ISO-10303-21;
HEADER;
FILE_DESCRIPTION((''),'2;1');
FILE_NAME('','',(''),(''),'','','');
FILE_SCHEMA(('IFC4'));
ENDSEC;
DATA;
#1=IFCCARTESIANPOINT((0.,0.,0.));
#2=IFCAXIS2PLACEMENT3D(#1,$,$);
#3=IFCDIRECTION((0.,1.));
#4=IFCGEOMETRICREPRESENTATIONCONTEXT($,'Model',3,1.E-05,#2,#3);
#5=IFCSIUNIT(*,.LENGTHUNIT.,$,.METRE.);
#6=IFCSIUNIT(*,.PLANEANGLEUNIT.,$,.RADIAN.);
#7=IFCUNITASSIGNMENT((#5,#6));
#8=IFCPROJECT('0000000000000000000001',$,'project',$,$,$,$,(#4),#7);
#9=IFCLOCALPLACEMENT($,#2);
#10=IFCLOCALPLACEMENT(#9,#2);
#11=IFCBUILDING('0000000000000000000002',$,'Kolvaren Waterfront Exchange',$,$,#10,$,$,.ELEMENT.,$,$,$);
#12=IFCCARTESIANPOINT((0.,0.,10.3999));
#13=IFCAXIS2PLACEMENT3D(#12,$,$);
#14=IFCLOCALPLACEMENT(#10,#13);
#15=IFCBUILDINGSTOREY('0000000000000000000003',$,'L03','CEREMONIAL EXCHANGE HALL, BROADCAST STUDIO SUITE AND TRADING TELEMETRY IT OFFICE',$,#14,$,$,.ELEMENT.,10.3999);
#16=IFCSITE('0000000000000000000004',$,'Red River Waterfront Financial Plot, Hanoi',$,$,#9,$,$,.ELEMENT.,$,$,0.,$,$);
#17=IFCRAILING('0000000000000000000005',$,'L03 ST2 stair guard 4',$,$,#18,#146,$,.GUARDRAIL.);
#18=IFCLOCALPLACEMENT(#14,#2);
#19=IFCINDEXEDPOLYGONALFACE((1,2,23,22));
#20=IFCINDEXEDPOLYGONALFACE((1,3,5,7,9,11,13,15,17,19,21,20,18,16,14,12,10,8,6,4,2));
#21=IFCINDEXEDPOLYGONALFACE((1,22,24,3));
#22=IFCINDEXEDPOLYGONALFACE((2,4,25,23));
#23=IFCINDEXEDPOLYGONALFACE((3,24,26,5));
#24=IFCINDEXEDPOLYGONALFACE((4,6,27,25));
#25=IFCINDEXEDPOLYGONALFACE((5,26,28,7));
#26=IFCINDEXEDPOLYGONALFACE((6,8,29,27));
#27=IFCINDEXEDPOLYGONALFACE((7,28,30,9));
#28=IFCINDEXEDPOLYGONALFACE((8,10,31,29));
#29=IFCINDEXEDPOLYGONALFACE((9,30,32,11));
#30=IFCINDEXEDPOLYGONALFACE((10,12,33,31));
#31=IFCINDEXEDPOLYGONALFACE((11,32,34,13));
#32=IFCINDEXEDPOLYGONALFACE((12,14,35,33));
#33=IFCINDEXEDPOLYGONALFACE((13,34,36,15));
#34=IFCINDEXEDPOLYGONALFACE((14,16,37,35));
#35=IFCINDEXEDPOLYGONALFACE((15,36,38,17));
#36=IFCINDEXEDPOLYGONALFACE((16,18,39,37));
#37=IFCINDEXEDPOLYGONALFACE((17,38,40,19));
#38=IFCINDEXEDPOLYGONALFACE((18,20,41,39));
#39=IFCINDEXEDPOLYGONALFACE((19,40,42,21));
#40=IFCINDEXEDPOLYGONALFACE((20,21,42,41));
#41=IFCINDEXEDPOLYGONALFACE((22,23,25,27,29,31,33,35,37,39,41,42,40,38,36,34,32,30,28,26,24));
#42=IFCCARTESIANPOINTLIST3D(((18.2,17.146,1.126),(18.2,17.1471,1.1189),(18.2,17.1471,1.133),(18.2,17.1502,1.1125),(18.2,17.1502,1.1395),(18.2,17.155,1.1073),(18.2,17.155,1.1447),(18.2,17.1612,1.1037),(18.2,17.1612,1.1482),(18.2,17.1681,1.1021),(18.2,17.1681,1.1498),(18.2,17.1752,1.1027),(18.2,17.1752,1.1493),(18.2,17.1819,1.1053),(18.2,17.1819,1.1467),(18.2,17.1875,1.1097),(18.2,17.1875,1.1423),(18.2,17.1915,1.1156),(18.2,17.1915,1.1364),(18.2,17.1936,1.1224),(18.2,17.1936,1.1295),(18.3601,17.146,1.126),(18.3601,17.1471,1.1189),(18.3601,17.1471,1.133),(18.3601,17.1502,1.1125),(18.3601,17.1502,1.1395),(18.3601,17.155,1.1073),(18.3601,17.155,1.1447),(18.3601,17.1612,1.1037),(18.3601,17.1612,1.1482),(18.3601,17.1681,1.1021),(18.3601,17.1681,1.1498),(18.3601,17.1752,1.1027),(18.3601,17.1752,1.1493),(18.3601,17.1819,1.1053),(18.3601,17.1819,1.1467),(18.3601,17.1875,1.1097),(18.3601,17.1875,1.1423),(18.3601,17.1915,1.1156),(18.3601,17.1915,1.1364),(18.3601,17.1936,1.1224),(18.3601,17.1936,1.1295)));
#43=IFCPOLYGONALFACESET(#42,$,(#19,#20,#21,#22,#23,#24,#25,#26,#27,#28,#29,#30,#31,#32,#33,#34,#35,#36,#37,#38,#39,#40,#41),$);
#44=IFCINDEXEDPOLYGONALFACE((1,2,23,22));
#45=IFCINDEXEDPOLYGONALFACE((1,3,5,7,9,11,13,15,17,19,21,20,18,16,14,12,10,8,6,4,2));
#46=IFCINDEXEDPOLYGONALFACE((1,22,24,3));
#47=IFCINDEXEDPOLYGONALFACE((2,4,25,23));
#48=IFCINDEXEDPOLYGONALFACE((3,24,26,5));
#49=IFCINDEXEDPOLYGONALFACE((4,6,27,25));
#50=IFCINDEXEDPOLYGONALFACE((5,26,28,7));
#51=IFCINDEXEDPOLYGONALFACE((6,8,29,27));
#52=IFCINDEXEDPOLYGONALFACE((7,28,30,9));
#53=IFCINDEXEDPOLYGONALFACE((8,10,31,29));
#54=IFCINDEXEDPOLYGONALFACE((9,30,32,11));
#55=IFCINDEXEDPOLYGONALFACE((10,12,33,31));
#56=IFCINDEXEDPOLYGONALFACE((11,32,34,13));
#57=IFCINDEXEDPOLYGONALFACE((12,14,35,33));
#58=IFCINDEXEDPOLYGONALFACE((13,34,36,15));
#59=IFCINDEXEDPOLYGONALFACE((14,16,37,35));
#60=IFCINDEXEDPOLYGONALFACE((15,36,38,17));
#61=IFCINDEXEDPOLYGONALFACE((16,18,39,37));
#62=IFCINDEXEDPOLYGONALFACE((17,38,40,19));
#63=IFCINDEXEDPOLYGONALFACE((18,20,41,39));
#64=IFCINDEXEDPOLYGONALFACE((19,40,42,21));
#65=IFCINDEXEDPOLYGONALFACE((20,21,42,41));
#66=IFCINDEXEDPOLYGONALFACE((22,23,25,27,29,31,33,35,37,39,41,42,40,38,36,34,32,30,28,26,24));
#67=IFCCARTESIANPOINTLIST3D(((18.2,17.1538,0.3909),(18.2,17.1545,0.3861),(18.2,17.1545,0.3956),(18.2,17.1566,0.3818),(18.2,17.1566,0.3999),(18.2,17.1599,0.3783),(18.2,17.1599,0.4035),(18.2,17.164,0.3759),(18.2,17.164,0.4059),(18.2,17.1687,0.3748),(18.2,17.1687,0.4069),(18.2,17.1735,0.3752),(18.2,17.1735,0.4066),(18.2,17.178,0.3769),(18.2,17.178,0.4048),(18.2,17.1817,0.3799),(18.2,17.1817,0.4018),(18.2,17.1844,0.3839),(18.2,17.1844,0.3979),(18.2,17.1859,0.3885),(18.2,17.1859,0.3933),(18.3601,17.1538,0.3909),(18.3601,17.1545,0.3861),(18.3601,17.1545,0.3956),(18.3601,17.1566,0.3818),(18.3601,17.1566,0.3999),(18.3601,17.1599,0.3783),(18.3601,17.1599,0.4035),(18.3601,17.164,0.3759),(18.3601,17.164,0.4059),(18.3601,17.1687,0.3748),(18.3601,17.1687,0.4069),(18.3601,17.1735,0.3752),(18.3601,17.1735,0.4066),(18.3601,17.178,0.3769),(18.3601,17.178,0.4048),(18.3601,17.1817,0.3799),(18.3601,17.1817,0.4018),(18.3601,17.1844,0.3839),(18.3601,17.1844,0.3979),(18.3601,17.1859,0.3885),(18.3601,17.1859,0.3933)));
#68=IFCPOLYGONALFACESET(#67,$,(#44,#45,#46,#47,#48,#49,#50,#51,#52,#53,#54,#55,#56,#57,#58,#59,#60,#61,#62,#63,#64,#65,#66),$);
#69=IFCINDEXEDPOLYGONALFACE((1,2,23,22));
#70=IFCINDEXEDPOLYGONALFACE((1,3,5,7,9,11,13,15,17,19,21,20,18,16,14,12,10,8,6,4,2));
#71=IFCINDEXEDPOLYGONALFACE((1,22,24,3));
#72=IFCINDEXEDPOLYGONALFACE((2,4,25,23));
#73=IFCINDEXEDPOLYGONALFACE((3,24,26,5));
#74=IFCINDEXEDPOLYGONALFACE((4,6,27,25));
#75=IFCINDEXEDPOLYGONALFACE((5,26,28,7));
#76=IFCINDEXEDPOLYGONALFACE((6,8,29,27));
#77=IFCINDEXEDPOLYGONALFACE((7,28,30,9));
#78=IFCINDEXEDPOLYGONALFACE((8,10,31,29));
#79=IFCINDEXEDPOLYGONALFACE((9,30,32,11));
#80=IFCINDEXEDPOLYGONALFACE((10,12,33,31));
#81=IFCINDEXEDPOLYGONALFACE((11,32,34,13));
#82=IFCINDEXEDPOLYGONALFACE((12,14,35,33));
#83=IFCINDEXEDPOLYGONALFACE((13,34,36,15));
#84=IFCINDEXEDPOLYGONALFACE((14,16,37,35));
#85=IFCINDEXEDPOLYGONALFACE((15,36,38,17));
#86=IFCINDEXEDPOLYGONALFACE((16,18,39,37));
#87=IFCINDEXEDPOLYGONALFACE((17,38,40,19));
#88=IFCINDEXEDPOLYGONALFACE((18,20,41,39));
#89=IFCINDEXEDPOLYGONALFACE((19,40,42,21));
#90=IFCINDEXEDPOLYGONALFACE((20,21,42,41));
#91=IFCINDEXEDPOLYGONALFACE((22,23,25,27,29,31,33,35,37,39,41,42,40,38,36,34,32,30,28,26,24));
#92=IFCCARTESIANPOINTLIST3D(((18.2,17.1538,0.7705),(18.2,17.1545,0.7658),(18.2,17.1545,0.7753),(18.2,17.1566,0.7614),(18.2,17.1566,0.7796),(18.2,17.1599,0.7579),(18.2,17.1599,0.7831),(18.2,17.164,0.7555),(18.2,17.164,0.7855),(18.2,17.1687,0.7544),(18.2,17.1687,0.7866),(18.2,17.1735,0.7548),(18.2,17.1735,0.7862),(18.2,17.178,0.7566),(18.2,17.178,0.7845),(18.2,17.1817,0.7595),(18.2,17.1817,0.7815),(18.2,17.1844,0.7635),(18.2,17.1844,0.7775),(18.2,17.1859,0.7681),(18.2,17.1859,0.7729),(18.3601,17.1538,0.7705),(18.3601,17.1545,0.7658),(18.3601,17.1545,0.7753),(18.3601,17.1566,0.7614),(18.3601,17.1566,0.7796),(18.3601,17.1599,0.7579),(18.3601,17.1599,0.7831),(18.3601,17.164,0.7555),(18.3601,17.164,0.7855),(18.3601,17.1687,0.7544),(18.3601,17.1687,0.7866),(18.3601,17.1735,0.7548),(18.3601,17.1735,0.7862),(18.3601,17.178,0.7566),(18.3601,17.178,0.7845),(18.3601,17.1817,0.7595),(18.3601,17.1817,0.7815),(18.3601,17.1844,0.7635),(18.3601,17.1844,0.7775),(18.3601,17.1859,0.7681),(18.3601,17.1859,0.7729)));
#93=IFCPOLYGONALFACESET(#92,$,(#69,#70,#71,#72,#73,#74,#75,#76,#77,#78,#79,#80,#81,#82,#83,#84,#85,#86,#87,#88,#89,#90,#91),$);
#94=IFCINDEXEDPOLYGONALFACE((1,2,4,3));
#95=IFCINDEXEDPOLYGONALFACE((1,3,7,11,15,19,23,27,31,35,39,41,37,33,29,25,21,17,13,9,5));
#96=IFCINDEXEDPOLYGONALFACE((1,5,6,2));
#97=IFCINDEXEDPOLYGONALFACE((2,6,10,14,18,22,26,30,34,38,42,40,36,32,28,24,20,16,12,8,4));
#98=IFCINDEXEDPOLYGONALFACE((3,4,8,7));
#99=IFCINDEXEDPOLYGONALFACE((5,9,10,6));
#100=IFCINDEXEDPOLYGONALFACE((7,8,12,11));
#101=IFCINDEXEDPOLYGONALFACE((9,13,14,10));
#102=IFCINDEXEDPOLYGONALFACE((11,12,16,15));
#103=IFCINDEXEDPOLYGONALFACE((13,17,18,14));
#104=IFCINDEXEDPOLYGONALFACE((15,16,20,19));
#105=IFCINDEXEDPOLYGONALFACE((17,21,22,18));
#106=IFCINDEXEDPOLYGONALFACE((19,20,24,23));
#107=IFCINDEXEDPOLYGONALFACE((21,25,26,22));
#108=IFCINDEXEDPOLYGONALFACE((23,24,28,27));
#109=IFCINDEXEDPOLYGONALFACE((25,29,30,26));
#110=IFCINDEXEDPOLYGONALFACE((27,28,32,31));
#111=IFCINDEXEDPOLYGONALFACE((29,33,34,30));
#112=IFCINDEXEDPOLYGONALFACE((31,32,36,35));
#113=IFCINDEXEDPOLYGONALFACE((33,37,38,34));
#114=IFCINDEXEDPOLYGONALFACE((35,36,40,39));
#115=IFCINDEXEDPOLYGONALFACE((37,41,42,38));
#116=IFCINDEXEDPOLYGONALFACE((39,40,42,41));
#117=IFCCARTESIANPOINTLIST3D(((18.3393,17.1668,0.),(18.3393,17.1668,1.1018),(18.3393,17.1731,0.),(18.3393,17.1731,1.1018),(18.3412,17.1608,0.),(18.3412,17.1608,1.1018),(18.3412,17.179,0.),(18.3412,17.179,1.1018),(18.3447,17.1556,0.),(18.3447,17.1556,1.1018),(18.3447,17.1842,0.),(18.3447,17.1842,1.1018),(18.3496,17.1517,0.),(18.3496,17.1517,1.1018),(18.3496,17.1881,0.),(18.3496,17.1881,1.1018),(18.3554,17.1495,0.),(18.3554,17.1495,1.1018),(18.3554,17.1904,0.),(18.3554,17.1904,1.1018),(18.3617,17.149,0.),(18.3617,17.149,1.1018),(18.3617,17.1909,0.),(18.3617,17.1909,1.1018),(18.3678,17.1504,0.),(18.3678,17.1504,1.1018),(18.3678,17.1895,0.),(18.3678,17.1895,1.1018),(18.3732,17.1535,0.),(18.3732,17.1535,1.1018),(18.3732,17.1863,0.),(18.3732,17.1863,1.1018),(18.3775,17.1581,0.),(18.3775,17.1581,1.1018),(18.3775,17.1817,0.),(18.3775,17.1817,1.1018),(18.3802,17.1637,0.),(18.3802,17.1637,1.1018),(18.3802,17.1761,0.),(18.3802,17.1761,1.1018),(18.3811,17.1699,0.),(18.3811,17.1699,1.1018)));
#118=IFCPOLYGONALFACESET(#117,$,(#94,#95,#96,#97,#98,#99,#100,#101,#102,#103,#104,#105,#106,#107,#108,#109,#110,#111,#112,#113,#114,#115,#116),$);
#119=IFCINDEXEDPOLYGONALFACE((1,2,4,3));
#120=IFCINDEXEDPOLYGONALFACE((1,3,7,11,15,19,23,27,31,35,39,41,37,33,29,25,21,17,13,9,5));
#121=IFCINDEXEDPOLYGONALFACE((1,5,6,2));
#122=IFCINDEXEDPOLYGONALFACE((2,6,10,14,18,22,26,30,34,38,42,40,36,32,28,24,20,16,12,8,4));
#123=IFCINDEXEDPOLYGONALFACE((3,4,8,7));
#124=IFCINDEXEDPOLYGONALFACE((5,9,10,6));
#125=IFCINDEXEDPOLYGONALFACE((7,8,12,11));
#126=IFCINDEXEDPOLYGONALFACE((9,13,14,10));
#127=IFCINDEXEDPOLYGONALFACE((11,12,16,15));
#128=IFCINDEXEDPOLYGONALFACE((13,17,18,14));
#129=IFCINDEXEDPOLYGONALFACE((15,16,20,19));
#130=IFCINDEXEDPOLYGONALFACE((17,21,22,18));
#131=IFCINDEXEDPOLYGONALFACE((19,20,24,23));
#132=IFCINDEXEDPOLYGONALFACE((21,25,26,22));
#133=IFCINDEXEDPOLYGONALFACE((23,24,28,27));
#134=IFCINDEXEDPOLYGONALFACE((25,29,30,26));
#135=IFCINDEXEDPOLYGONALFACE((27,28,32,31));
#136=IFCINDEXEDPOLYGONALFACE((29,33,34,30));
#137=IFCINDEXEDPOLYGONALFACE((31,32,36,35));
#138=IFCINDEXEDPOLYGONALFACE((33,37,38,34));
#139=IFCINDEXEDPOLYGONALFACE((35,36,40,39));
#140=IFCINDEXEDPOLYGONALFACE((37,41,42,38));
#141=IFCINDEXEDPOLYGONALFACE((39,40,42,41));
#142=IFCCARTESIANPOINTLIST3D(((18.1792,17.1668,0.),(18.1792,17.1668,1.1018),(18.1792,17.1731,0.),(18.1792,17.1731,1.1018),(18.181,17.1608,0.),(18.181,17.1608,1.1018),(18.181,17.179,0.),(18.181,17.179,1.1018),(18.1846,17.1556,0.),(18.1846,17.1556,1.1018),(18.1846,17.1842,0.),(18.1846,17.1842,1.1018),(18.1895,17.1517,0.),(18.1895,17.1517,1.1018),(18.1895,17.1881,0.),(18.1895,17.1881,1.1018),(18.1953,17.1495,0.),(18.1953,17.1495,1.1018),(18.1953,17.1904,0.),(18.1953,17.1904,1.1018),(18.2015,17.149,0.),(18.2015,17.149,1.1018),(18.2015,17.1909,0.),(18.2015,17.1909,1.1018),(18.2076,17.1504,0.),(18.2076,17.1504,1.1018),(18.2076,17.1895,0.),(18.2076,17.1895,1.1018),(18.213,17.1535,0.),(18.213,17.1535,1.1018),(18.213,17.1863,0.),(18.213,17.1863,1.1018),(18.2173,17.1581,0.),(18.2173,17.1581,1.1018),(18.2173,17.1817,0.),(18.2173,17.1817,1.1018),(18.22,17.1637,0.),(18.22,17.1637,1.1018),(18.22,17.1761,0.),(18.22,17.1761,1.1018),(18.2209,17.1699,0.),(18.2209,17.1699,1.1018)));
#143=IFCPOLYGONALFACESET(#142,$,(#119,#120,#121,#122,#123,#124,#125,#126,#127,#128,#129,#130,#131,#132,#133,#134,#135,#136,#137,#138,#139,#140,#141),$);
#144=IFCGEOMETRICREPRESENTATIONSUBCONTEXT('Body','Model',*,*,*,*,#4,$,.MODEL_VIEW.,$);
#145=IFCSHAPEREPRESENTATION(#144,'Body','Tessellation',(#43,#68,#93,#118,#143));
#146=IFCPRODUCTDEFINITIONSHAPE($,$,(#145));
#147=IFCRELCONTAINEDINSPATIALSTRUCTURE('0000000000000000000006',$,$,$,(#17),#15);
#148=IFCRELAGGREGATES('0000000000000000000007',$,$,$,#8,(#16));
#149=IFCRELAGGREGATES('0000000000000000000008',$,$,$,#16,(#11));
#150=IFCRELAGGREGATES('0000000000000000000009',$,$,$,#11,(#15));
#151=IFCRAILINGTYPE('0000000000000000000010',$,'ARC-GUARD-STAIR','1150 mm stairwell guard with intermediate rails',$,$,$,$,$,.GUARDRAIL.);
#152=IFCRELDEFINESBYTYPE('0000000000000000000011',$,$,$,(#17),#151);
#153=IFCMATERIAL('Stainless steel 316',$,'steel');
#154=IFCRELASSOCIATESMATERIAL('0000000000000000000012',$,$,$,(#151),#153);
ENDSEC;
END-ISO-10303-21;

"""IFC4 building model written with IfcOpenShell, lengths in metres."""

from ifc_helpers import new_model, si_unit, direction, frame, origin, origin_2d, place, context, subcontext, project, spatial, circle, extrude, material, type_object, element, save


model = new_model("IFC4")

# Units and contexts
model_context = context("Model", 3, precision=1e-05, world=origin(), true_north=direction((0.0, 1.0)))
body_context = subcontext(model_context, "Body", "Model", "MODEL_VIEW")
ifc_project = project(units=[si_unit("LENGTHUNIT", "METRE"), si_unit("PLANEANGLEUNIT", "RADIAN")], contexts=[model_context])

# Site, building, storey
site_placement = place(None, origin())
site = spatial("IfcSite", under=ifc_project, at=site_placement, Name="Red River Waterfront Financial Plot, Hanoi", CompositionType="ELEMENT", RefElevation=0.0)
building_placement = place(site_placement, origin())
building = spatial("IfcBuilding", under=site, at=building_placement, Name="Kolvaren Waterfront Exchange", CompositionType="ELEMENT")
storey_placement = place(building_placement, frame((0.0, 0.0, 10.3999)))
storey = spatial("IfcBuildingStorey", under=building, at=storey_placement, Name="L03", Description="CEREMONIAL EXCHANGE HALL, BROADCAST STUDIO SUITE AND TRADING TELEMETRY IT OFFICE", CompositionType="ELEMENT", Elevation=10.3999)

# Railing
ifc_material_1 = material(Name="Stainless steel 316", Category="steel")
railing_type_1 = type_object("IfcRailingType", Name="ARC-GUARD-STAIR", Description="1150 mm stairwell guard with intermediate rails", PredefinedType="GUARDRAIL", material=ifc_material_1)
railing_1_placement = place(storey_placement, frame((18.3601, 17.1699, 0.0)))
element("IfcRailing", 1, at=railing_1_placement, inside=storey, type_object=railing_type_1, Name="L03 ST2 stair guard 4", PredefinedType="GUARDRAIL", context=body_context, shape_type="SweptSolid", body=[
    extrude(circle(Radius=0.0239, at=origin_2d()), frame((0.0, 0.0, 1.126), z_axis=(-1.0, 0.0, 0.0), x_axis=(0.0, -1.0, 0.0)), (0.0, 0.0, 1.0), 0.1602),
    extrude(circle(Radius=0.0161, at=origin_2d()), frame((0.0, 0.0, 0.3909), z_axis=(-1.0, 0.0, 0.0), x_axis=(0.0, -1.0, 0.0)), (0.0, 0.0, 1.0), 0.1602),
    extrude(circle(Radius=0.0161, at=origin_2d()), frame((0.0, 0.0, 0.7705), z_axis=(-1.0, 0.0, 0.0), x_axis=(0.0, -1.0, 0.0)), (0.0, 0.0, 1.0), 0.1602),
    extrude(circle(Radius=0.021, at=origin_2d()), origin(), (0.0, 0.0, 1.0), 1.1018),
    extrude(circle(Radius=0.021, at=origin_2d()), frame((-0.1602, 0.0, 0.0)), (0.0, 0.0, 1.0), 1.1018),
])

save(model, "model.ifc")
